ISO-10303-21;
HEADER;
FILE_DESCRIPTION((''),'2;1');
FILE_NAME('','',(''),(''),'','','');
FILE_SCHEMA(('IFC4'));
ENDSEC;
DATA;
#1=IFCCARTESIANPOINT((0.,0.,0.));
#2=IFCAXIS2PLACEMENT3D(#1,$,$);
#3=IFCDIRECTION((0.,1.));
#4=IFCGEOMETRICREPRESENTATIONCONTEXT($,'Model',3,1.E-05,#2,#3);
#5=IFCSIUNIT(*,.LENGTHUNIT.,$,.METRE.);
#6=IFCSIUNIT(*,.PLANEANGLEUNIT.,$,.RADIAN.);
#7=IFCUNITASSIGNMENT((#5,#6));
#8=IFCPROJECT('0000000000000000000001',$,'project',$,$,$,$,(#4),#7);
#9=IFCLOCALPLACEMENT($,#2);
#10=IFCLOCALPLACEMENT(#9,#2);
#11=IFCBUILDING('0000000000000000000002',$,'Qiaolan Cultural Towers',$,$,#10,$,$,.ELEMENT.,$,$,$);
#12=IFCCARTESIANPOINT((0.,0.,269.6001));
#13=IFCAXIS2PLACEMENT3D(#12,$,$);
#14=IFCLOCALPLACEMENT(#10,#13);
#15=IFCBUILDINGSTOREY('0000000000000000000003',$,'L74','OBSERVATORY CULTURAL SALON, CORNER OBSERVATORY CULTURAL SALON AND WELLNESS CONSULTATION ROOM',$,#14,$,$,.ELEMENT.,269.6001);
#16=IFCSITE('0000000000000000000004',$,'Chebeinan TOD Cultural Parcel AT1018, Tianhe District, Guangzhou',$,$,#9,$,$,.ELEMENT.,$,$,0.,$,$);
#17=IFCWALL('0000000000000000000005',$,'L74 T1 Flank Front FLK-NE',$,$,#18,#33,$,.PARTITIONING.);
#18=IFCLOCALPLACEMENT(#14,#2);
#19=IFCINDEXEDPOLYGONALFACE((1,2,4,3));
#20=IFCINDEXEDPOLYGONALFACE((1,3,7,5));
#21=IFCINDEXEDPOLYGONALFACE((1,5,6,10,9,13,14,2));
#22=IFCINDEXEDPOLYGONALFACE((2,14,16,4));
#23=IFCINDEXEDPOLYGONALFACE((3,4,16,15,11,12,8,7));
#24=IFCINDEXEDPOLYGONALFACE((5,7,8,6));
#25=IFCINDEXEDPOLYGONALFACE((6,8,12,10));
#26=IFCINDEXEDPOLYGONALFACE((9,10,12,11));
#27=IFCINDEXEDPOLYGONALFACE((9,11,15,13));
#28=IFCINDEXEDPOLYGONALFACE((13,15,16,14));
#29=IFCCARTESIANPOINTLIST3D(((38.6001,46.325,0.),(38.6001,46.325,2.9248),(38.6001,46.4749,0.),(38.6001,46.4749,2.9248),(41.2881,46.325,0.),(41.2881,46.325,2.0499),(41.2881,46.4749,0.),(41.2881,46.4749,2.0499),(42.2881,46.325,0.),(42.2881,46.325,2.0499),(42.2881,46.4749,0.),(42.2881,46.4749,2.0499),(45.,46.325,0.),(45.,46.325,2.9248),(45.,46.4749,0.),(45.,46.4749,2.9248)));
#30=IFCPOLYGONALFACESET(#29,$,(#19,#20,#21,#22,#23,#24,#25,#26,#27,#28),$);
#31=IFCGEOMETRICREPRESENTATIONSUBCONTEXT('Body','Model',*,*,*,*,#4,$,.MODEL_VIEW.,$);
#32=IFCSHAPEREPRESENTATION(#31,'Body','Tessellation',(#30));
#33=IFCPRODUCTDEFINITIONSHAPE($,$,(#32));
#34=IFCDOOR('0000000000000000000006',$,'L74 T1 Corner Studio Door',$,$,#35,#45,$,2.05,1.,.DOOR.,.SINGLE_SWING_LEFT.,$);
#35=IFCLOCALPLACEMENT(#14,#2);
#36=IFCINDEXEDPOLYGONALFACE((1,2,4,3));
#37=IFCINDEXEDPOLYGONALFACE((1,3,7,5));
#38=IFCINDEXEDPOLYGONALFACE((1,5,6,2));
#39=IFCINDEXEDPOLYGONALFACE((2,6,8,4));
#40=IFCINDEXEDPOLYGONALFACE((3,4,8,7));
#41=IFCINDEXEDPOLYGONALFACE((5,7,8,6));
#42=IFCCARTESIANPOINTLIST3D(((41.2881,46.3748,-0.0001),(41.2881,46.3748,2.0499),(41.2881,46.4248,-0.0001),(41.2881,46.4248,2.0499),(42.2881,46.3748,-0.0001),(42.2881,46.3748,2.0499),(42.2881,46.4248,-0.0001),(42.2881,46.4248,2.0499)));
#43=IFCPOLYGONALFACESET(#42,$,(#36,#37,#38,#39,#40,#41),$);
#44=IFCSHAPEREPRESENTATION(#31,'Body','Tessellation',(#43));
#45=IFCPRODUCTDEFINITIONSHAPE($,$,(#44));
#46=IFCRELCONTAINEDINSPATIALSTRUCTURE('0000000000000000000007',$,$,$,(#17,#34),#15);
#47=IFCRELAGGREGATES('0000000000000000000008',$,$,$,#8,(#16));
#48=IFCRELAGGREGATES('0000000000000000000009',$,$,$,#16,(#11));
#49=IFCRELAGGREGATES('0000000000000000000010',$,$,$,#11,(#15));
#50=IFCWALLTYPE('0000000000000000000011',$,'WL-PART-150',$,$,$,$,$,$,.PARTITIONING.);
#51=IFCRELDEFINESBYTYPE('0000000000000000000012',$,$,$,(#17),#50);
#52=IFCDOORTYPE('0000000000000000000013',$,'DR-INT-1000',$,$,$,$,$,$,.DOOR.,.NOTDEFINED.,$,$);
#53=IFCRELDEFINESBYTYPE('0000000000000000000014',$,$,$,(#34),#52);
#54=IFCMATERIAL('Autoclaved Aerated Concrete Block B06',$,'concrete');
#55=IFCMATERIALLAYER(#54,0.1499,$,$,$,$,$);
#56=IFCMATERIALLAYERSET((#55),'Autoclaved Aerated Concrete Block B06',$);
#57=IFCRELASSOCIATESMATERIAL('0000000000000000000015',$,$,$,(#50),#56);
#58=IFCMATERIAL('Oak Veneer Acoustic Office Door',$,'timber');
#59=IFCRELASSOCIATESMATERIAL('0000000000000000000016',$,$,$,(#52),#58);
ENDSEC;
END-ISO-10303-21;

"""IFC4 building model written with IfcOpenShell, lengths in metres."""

from ifc_helpers import new_model, si_unit, direction, frame, frame_2d, origin, place, context, subcontext, project, spatial, rectangle, extrude, material, layer, layer_set, type_object, element, fill, save


model = new_model("IFC4")

# Units and contexts
model_context = context("Model", 3, precision=1e-05, world=origin(), true_north=direction((0.0, 1.0)))
body_context = subcontext(model_context, "Body", "Model", "MODEL_VIEW")
ifc_project = project(units=[si_unit("LENGTHUNIT", "METRE"), si_unit("PLANEANGLEUNIT", "RADIAN")], contexts=[model_context])

# Site, building, storey
site_placement = place(None, origin())
site = spatial("IfcSite", under=ifc_project, at=site_placement, Name="Chebeinan TOD Cultural Parcel AT1018, Tianhe District, Guangzhou", CompositionType="ELEMENT", RefElevation=0.0)
building_placement = place(site_placement, origin())
building = spatial("IfcBuilding", under=site, at=building_placement, Name="Qiaolan Cultural Towers", CompositionType="ELEMENT")
storey_placement = place(building_placement, frame((0.0, 0.0, 269.6001)))
storey = spatial("IfcBuildingStorey", under=building, at=storey_placement, Name="L74", Description="OBSERVATORY CULTURAL SALON, CORNER OBSERVATORY CULTURAL SALON AND WELLNESS CONSULTATION ROOM", CompositionType="ELEMENT", Elevation=269.6001)

# Shared definitions
ifc_material_1 = material(Name="Autoclaved Aerated Concrete Block B06", Category="concrete")
ifc_layer_1 = layer(ifc_material_1, 0.1499)
ifc_layer_set_1 = layer_set([ifc_layer_1], Name="Autoclaved Aerated Concrete Block B06")
wall_type_1 = type_object("IfcWallType", Name="WL-PART-150", PredefinedType="PARTITIONING", material=ifc_layer_set_1)

# Wall, opening, door
wall_1_placement = place(storey_placement, frame((38.6001, 46.3999, 0.0), z_axis=(0.0, 0.0, 1.0), x_axis=(1.0, 0.0, 0.0)))
wall_1 = element("IfcWall", 1, at=wall_1_placement, inside=storey, type_object=wall_type_1, Name="L74 T1 Flank Front FLK-NE", PredefinedType="PARTITIONING", context=body_context, shape_type="SweptSolid", body=[
    extrude(rectangle(XDim=6.3999, YDim=0.1499, at=frame_2d((3.2, 0.0))), origin(), (0.0, 0.0, 1.0), 2.9248),
])
opening_1_placement = place(wall_1_placement, frame((2.688, 0.0, 0.0)))
opening_1 = element("IfcOpeningElement", 2, at=opening_1_placement, cuts=wall_1, PredefinedType="OPENING", context=body_context, shape_type="SweptSolid", body=[
    extrude(rectangle(XDim=1.0, YDim=2.05, at=frame_2d((0.5, 1.0249))), frame((0.0, 0.085, 0.0), z_axis=(0.0, -1.0, 0.0), x_axis=(1.0, 0.0, 0.0)), (0.0, 0.0, 1.0), 0.1699),
])
ifc_material_2 = material(Name="Oak Veneer Acoustic Office Door", Category="timber")
door_type_1 = type_object("IfcDoorType", Name="DR-INT-1000", OperationType="NOTDEFINED", PredefinedType="DOOR", material=ifc_material_2)
door_1_placement = place(opening_1_placement, origin())
door_1 = element("IfcDoor", 3, at=door_1_placement, inside=storey, type_object=door_type_1, Name="L74 T1 Corner Studio Door", OperationType="SINGLE_SWING_LEFT", OverallHeight=2.05, OverallWidth=1.0, PredefinedType="DOOR", context=body_context, shape_type="SweptSolid", body=[
    extrude(rectangle(XDim=1.0, YDim=2.05, at=frame_2d((0.5, 1.0249))), frame((0.0, 0.0249, 0.0), z_axis=(0.0, -1.0, 0.0), x_axis=(1.0, 0.0, 0.0)), (0.0, 0.0, 1.0), 0.05),
])
fill(opening_1, door_1)

save(model, "model.ifc")
